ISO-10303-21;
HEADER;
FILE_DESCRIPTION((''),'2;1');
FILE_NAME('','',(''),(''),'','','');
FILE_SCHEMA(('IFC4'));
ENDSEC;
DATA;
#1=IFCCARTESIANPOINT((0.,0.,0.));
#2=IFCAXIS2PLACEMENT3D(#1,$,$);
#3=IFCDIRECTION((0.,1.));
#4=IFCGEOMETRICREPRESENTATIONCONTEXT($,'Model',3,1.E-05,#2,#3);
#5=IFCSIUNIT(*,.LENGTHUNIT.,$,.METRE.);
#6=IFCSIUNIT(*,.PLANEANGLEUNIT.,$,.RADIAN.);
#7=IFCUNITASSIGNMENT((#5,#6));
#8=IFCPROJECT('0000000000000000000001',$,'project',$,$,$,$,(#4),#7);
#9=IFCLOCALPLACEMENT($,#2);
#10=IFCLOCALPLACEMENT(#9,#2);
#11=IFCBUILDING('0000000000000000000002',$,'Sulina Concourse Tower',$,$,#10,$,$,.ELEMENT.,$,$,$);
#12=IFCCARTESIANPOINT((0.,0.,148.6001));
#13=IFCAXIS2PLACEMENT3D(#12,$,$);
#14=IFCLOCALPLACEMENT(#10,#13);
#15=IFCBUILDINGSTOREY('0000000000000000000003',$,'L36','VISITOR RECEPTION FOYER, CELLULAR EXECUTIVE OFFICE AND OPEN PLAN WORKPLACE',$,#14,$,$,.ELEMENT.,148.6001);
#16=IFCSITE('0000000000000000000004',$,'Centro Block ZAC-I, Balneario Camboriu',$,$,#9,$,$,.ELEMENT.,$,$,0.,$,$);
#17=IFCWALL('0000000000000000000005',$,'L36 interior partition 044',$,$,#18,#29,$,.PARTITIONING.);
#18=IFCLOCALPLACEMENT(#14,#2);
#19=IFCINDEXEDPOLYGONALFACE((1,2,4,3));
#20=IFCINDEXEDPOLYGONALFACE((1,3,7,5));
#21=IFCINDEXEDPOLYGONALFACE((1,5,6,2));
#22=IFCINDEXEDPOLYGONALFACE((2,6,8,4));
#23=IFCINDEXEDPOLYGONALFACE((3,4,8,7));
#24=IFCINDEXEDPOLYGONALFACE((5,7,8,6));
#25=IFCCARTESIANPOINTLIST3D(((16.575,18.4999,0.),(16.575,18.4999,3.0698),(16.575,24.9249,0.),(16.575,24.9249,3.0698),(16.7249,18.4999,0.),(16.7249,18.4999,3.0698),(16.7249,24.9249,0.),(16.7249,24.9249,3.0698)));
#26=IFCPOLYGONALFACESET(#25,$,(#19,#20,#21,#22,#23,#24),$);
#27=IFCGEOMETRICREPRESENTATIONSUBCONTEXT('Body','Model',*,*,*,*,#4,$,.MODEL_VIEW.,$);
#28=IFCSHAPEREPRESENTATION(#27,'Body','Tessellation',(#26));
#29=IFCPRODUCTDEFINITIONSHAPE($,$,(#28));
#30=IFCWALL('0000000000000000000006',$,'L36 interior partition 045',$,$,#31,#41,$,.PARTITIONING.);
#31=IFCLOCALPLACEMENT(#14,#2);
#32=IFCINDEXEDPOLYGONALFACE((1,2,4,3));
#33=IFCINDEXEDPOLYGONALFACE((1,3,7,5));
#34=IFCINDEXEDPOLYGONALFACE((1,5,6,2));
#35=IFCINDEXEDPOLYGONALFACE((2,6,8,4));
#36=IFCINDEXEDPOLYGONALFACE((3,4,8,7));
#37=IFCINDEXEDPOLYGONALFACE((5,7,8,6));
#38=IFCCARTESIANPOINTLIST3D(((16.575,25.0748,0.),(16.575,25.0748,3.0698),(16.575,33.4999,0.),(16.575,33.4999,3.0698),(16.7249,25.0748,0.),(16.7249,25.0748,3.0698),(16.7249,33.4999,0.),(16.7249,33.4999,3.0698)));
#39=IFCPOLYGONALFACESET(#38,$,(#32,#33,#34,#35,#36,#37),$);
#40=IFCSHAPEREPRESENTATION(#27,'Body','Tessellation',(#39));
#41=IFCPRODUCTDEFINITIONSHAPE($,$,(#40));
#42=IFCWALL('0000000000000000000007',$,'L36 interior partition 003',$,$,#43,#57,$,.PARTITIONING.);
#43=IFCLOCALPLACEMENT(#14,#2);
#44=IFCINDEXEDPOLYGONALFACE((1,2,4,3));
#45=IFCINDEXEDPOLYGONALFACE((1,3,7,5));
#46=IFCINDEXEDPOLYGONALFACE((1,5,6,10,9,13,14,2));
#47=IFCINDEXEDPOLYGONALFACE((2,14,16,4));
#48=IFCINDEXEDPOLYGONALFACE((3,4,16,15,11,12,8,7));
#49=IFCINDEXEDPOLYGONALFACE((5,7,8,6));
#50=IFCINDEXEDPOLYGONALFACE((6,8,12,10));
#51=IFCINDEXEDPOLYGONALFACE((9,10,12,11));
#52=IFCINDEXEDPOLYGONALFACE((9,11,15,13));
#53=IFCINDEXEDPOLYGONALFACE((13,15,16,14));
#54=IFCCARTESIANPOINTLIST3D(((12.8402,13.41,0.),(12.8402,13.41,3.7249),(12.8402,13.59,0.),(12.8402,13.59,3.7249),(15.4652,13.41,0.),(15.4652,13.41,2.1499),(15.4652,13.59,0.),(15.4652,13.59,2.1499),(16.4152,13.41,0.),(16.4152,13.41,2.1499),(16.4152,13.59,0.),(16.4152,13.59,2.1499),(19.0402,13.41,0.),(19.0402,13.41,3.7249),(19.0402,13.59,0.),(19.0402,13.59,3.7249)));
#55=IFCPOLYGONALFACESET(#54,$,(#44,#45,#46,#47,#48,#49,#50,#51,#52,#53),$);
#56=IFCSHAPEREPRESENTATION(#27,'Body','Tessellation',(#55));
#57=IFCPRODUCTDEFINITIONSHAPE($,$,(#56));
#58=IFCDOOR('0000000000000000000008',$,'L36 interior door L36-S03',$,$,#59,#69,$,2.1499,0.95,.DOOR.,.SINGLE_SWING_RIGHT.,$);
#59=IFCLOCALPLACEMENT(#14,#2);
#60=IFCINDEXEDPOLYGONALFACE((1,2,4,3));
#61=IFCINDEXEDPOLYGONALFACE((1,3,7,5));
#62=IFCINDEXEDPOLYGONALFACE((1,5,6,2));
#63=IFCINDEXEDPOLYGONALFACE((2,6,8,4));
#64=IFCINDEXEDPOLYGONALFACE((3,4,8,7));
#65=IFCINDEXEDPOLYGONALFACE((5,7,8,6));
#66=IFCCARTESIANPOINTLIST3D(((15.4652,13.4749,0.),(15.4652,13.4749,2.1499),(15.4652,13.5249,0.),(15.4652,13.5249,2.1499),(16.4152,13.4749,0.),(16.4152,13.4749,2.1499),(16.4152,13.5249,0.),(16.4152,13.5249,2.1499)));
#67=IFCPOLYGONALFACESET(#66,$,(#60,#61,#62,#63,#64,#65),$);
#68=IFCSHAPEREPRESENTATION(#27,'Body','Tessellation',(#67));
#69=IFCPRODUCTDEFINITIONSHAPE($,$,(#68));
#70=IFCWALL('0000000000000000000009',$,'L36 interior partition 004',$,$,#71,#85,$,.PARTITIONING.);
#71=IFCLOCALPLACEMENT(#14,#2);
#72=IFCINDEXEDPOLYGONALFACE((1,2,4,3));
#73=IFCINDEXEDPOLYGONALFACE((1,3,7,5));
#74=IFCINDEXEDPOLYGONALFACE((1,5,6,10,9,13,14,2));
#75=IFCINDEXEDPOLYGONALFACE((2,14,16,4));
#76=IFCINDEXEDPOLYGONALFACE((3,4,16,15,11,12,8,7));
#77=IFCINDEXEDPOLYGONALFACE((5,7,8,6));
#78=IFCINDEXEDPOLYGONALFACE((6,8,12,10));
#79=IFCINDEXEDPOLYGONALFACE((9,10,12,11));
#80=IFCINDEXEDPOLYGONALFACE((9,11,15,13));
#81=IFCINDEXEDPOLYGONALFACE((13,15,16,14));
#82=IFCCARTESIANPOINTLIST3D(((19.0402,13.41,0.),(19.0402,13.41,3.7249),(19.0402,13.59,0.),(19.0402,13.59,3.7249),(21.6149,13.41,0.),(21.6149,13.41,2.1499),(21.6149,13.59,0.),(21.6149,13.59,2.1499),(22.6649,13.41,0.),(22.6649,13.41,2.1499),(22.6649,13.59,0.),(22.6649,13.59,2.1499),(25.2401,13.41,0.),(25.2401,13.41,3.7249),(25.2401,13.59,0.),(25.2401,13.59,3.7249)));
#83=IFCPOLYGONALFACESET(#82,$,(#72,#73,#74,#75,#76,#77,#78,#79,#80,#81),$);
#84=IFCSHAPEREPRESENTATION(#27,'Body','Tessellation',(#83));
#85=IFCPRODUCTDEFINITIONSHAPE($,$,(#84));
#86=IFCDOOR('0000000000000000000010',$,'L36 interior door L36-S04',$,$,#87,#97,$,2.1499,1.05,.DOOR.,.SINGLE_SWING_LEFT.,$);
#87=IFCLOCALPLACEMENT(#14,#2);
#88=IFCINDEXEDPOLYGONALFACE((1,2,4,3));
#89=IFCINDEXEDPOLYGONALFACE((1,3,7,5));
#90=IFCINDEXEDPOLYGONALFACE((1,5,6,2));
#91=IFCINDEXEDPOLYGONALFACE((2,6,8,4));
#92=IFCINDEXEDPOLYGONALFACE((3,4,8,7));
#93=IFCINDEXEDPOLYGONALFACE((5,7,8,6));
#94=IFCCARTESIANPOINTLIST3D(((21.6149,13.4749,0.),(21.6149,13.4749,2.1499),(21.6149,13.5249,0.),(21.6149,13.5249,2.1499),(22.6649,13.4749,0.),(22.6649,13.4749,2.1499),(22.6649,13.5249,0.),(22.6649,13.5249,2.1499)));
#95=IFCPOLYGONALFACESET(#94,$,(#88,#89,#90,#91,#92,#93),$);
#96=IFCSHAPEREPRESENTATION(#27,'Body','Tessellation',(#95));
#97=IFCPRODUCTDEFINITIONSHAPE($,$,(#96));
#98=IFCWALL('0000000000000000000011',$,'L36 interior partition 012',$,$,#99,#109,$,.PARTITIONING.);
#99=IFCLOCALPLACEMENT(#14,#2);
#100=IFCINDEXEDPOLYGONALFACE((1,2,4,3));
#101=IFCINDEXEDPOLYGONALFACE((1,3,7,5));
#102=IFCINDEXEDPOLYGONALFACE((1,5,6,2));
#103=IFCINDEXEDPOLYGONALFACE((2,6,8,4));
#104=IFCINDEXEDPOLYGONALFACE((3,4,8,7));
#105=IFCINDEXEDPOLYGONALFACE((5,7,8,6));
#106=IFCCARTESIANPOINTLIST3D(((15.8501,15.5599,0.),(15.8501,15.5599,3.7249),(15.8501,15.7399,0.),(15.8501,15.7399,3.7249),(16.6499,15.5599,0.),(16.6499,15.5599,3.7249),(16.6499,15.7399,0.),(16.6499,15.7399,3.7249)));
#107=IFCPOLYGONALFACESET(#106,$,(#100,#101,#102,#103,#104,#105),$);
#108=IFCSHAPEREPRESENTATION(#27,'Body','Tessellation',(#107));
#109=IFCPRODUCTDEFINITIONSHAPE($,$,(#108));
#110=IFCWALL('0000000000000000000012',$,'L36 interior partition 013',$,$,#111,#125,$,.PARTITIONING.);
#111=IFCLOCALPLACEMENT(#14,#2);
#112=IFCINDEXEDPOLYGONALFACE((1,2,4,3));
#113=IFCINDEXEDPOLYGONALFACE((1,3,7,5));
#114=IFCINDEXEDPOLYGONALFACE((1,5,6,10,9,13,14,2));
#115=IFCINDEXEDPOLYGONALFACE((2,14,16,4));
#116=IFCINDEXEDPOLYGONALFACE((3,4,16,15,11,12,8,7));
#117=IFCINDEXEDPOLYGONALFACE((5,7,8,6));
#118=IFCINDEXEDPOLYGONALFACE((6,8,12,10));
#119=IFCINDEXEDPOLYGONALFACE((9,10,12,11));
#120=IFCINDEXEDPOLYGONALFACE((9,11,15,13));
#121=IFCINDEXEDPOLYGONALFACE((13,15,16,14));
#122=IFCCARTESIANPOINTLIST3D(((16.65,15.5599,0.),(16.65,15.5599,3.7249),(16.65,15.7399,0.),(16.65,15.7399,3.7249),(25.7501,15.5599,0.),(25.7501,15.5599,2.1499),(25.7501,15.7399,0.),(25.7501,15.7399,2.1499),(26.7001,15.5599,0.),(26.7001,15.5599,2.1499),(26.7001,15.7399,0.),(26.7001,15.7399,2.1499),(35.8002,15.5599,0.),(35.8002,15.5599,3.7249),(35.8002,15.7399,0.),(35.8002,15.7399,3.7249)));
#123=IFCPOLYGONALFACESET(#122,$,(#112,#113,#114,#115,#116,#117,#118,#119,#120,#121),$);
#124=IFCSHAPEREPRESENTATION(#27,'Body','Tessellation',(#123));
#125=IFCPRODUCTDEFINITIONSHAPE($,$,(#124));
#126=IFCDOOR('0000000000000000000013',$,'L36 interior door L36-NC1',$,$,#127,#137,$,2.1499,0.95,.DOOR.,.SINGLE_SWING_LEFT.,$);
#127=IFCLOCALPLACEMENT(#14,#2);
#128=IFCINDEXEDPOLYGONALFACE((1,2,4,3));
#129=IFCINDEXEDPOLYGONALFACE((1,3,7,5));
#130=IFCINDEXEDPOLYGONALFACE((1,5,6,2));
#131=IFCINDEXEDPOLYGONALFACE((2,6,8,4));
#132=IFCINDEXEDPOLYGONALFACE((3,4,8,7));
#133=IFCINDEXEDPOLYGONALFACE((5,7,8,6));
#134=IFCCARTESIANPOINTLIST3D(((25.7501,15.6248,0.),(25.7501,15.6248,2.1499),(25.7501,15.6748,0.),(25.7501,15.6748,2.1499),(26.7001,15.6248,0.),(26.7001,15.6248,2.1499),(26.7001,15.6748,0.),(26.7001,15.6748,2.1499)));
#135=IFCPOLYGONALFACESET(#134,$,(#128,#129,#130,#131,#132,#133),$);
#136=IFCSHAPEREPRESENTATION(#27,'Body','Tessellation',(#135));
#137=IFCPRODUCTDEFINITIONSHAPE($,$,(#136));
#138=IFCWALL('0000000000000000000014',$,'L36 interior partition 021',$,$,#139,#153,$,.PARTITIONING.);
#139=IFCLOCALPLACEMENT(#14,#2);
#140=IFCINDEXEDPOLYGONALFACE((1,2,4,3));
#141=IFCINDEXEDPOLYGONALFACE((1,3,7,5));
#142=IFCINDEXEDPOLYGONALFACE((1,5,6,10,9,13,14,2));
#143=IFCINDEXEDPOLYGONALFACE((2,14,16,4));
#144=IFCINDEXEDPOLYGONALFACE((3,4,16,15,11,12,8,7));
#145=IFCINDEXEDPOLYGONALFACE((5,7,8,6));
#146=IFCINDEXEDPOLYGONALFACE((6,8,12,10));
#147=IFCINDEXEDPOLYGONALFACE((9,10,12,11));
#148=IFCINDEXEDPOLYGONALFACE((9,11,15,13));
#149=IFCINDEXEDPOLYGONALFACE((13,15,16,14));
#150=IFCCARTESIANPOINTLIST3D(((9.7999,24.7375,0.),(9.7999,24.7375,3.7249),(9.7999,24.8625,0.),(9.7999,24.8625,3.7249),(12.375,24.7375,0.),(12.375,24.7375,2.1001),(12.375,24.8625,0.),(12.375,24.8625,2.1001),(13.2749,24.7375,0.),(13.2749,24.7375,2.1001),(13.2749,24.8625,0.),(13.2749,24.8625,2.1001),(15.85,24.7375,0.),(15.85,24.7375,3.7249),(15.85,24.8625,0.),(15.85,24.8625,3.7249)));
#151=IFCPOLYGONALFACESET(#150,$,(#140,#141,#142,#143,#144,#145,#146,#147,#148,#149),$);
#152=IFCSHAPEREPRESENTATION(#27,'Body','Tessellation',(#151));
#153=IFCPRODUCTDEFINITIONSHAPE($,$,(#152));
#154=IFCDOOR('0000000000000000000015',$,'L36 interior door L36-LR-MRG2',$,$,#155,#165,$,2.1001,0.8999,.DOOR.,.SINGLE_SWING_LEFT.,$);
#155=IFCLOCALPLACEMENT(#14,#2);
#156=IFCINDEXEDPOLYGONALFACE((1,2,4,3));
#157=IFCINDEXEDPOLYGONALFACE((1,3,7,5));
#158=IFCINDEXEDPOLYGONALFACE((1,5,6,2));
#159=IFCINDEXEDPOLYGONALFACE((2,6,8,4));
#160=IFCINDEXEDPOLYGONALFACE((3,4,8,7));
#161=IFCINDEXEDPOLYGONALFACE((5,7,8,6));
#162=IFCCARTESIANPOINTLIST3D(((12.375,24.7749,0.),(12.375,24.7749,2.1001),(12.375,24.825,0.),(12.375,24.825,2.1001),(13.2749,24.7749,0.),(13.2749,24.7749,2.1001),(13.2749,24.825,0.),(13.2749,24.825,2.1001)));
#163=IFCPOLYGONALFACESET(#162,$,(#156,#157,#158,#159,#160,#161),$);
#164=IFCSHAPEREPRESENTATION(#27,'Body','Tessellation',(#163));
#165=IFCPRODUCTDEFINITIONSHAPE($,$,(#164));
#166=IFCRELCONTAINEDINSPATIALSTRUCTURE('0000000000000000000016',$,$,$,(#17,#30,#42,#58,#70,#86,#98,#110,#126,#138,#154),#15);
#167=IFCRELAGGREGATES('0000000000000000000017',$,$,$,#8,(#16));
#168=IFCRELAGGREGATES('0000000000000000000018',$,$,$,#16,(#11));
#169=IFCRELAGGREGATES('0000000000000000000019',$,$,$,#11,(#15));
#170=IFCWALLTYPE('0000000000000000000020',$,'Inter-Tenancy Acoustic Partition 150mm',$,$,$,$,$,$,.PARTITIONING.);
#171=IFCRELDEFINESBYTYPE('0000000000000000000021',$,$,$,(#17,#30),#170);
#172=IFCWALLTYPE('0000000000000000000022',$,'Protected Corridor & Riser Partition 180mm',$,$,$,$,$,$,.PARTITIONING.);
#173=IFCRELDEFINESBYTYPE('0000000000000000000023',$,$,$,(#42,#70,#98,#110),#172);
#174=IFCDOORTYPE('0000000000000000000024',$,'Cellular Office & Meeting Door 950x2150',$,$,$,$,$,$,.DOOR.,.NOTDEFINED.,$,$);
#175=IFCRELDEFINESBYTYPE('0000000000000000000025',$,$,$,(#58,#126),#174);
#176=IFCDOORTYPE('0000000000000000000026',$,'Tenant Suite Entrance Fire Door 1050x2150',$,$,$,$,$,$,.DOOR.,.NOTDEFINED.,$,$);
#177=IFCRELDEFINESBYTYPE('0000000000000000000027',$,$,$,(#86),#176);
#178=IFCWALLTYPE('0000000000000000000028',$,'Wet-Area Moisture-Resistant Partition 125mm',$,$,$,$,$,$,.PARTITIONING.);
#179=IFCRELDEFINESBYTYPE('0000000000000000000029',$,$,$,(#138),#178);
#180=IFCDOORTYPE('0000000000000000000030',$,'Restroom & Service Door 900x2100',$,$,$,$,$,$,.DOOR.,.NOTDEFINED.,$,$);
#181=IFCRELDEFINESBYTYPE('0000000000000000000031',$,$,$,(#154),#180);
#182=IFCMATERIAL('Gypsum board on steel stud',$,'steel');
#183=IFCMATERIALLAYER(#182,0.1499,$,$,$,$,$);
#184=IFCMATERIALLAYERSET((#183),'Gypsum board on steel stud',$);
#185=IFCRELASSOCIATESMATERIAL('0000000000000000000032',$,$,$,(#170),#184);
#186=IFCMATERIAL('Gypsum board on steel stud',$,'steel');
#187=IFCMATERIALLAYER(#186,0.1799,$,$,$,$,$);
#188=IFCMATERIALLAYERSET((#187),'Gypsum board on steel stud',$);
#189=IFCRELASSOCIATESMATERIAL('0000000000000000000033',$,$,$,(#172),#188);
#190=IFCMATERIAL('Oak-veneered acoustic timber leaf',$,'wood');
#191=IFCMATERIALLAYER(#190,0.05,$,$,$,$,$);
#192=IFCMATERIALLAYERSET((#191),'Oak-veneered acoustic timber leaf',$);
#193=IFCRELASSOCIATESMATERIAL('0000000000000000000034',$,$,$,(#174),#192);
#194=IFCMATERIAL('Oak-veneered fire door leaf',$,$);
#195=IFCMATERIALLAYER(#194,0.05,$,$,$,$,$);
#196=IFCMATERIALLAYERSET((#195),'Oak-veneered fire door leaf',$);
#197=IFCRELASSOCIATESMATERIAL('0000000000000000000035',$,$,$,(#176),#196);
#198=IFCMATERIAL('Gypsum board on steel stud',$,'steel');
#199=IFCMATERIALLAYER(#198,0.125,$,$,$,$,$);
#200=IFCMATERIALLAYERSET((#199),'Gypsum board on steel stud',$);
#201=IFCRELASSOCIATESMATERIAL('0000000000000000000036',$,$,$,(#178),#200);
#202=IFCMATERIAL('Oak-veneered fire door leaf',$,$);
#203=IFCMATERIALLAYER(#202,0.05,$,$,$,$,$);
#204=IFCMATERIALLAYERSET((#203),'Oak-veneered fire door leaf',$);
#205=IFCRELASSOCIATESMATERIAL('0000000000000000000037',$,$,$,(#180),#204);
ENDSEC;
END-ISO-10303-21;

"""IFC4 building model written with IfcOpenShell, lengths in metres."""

from ifc_helpers import new_model, si_unit, direction, frame, frame_2d, origin, place, context, subcontext, project, spatial, rectangle, extrude, material, layer, layer_set, type_object, element, fill, save


model = new_model("IFC4")

# Units and contexts
model_context = context("Model", 3, precision=1e-05, world=origin(), true_north=direction((0.0, 1.0)))
body_context = subcontext(model_context, "Body", "Model", "MODEL_VIEW")
ifc_project = project(units=[si_unit("LENGTHUNIT", "METRE"), si_unit("PLANEANGLEUNIT", "RADIAN")], contexts=[model_context])

# Site, building, storey
site_placement = place(None, origin())
site = spatial("IfcSite", under=ifc_project, at=site_placement, Name="Centro Block ZAC-I, Balneario Camboriu", CompositionType="ELEMENT", RefElevation=0.0)
building_placement = place(site_placement, origin())
building = spatial("IfcBuilding", under=site, at=building_placement, Name="Sulina Concourse Tower", CompositionType="ELEMENT")
storey_placement = place(building_placement, frame((0.0, 0.0, 148.6001)))
storey = spatial("IfcBuildingStorey", under=building, at=storey_placement, Name="L36", Description="VISITOR RECEPTION FOYER, CELLULAR EXECUTIVE OFFICE AND OPEN PLAN WORKPLACE", CompositionType="ELEMENT", Elevation=148.6001)

# Walls
ifc_material_1 = material(Name="Gypsum board on steel stud", Category="steel")
ifc_layer_1 = layer(ifc_material_1, 0.1499)
ifc_layer_set_1 = layer_set([ifc_layer_1], Name="Gypsum board on steel stud")
wall_type_1 = type_object("IfcWallType", Name="Inter-Tenancy Acoustic Partition 150mm", PredefinedType="PARTITIONING", material=ifc_layer_set_1)
wall_1_placement = place(storey_placement, frame((16.6499, 18.5, 0.0), z_axis=(0.0, 0.0, 1.0), x_axis=(0.0, 1.0, 0.0)))
element("IfcWall", 1, at=wall_1_placement, inside=storey, type_object=wall_type_1, Name="L36 interior partition 044", PredefinedType="PARTITIONING", context=body_context, shape_type="SweptSolid", body=[
    extrude(rectangle(XDim=6.425, YDim=0.1499, at=frame_2d((3.2124, 0.0))), origin(), (0.0, 0.0, 1.0), 3.0698),
])
wall_2_placement = place(storey_placement, frame((16.6499, 25.075, 0.0), z_axis=(0.0, 0.0, 1.0), x_axis=(0.0, 1.0, 0.0)))
element("IfcWall", 2, at=wall_2_placement, inside=storey, type_object=wall_type_1, Name="L36 interior partition 045", PredefinedType="PARTITIONING", context=body_context, shape_type="SweptSolid", body=[
    extrude(rectangle(XDim=8.425, YDim=0.1499, at=frame_2d((4.2124, 0.0))), origin(), (0.0, 0.0, 1.0), 3.0698),
])

# Walls, openings, doors
ifc_material_2 = material(Name="Gypsum board on steel stud", Category="steel")
ifc_layer_2 = layer(ifc_material_2, 0.1799)
ifc_layer_set_2 = layer_set([ifc_layer_2], Name="Gypsum board on steel stud")
wall_type_2 = type_object("IfcWallType", Name="Protected Corridor & Riser Partition 180mm", PredefinedType="PARTITIONING", material=ifc_layer_set_2)
wall_3_placement = place(storey_placement, frame((12.8401, 13.5, 0.0), z_axis=(0.0, 0.0, 1.0), x_axis=(1.0, 0.0, 0.0)))
wall_3 = element("IfcWall", 3, at=wall_3_placement, inside=storey, type_object=wall_type_2, Name="L36 interior partition 003", PredefinedType="PARTITIONING", context=body_context, shape_type="SweptSolid", body=[
    extrude(rectangle(XDim=6.2, YDim=0.1799, at=frame_2d((3.1001, 0.0))), origin(), (0.0, 0.0, 1.0), 3.7249),
])
opening_1_placement = place(wall_3_placement, frame((2.625, 0.0, 0.0)))
opening_1 = element("IfcOpeningElement", 4, at=opening_1_placement, cuts=wall_3, PredefinedType="OPENING", context=body_context, shape_type="SweptSolid", body=[
    extrude(rectangle(XDim=0.95, YDim=2.1499, at=frame_2d((0.4751, 1.075))), frame((0.0, 0.0999, 0.0), z_axis=(0.0, -1.0, 0.0), x_axis=(1.0, 0.0, 0.0)), (0.0, 0.0, 1.0), 0.2),
])
ifc_material_3 = material(Name="Oak-veneered acoustic timber leaf", Category="wood")
ifc_layer_3 = layer(ifc_material_3, 0.05)
ifc_layer_set_3 = layer_set([ifc_layer_3], Name="Oak-veneered acoustic timber leaf")
door_type_1 = type_object("IfcDoorType", Name="Cellular Office & Meeting Door 950x2150", OperationType="NOTDEFINED", PredefinedType="DOOR", material=ifc_layer_set_3)
door_1_placement = place(opening_1_placement, origin())
door_1 = element("IfcDoor", 5, at=door_1_placement, inside=storey, type_object=door_type_1, Name="L36 interior door L36-S03", OperationType="SINGLE_SWING_RIGHT", OverallHeight=2.1499, OverallWidth=0.95, PredefinedType="DOOR", context=body_context, shape_type="SweptSolid", body=[
    extrude(rectangle(XDim=0.95, YDim=2.1499, at=frame_2d((0.4751, 1.075))), frame((0.0, 0.0249, 0.0), z_axis=(0.0, -1.0, 0.0), x_axis=(1.0, 0.0, 0.0)), (0.0, 0.0, 1.0), 0.05),
])
fill(opening_1, door_1)
wall_4_placement = place(storey_placement, frame((19.04, 13.5, 0.0), z_axis=(0.0, 0.0, 1.0), x_axis=(1.0, 0.0, 0.0)))
wall_4 = element("IfcWall", 6, at=wall_4_placement, inside=storey, type_object=wall_type_2, Name="L36 interior partition 004", PredefinedType="PARTITIONING", context=body_context, shape_type="SweptSolid", body=[
    extrude(rectangle(XDim=6.2, YDim=0.1799, at=frame_2d((3.1001, 0.0))), origin(), (0.0, 0.0, 1.0), 3.7249),
])
opening_2_placement = place(wall_4_placement, frame((2.575, 0.0, 0.0)))
opening_2 = element("IfcOpeningElement", 7, at=opening_2_placement, cuts=wall_4, PredefinedType="OPENING", context=body_context, shape_type="SweptSolid", body=[
    extrude(rectangle(XDim=1.05, YDim=2.1499, at=frame_2d((0.5249, 1.075))), frame((0.0, 0.0999, 0.0), z_axis=(0.0, -1.0, 0.0), x_axis=(1.0, 0.0, 0.0)), (0.0, 0.0, 1.0), 0.2),
])
ifc_material_4 = material(Name="Oak-veneered fire door leaf")
ifc_layer_4 = layer(ifc_material_4, 0.05)
ifc_layer_set_4 = layer_set([ifc_layer_4], Name="Oak-veneered fire door leaf")
door_type_2 = type_object("IfcDoorType", Name="Tenant Suite Entrance Fire Door 1050x2150", OperationType="NOTDEFINED", PredefinedType="DOOR", material=ifc_layer_set_4)
door_2_placement = place(opening_2_placement, origin())
door_2 = element("IfcDoor", 8, at=door_2_placement, inside=storey, type_object=door_type_2, Name="L36 interior door L36-S04", OperationType="SINGLE_SWING_LEFT", OverallHeight=2.1499, OverallWidth=1.05, PredefinedType="DOOR", context=body_context, shape_type="SweptSolid", body=[
    extrude(rectangle(XDim=1.05, YDim=2.1499, at=frame_2d((0.5249, 1.075))), frame((0.0, 0.0249, 0.0), z_axis=(0.0, -1.0, 0.0), x_axis=(1.0, 0.0, 0.0)), (0.0, 0.0, 1.0), 0.05),
])
fill(opening_2, door_2)

# Wall
wall_5_placement = place(storey_placement, frame((15.8501, 15.6499, 0.0), z_axis=(0.0, 0.0, 1.0), x_axis=(1.0, 0.0, 0.0)))
element("IfcWall", 9, at=wall_5_placement, inside=storey, type_object=wall_type_2, Name="L36 interior partition 012", PredefinedType="PARTITIONING", context=body_context, shape_type="SweptSolid", body=[
    extrude(rectangle(XDim=0.7998, YDim=0.1799, at=frame_2d((0.3999, 0.0))), origin(), (0.0, 0.0, 1.0), 3.7249),
])

# Walls, openings, doors
wall_6_placement = place(storey_placement, frame((16.6499, 15.6499, 0.0), z_axis=(0.0, 0.0, 1.0), x_axis=(1.0, 0.0, 0.0)))
wall_6 = element("IfcWall", 10, at=wall_6_placement, inside=storey, type_object=wall_type_2, Name="L36 interior partition 013", PredefinedType="PARTITIONING", context=body_context, shape_type="SweptSolid", body=[
    extrude(rectangle(XDim=19.1501, YDim=0.1799, at=frame_2d((9.5752, 0.0))), origin(), (0.0, 0.0, 1.0), 3.7249),
])
opening_3_placement = place(wall_6_placement, frame((9.1001, 0.0, 0.0)))
opening_3 = element("IfcOpeningElement", 11, at=opening_3_placement, cuts=wall_6, PredefinedType="OPENING", context=body_context, shape_type="SweptSolid", body=[
    extrude(rectangle(XDim=0.95, YDim=2.1499, at=frame_2d((0.4751, 1.075))), frame((0.0, 0.0999, 0.0), z_axis=(0.0, -1.0, 0.0), x_axis=(1.0, 0.0, 0.0)), (0.0, 0.0, 1.0), 0.2),
])
door_3_placement = place(opening_3_placement, origin())
door_3 = element("IfcDoor", 12, at=door_3_placement, inside=storey, type_object=door_type_1, Name="L36 interior door L36-NC1", OperationType="SINGLE_SWING_LEFT", OverallHeight=2.1499, OverallWidth=0.95, PredefinedType="DOOR", context=body_context, shape_type="SweptSolid", body=[
    extrude(rectangle(XDim=0.95, YDim=2.1499, at=frame_2d((0.4751, 1.075))), frame((0.0, 0.0249, 0.0), z_axis=(0.0, -1.0, 0.0), x_axis=(1.0, 0.0, 0.0)), (0.0, 0.0, 1.0), 0.05),
])
fill(opening_3, door_3)
ifc_material_5 = material(Name="Gypsum board on steel stud", Category="steel")
ifc_layer_5 = layer(ifc_material_5, 0.125)
ifc_layer_set_5 = layer_set([ifc_layer_5], Name="Gypsum board on steel stud")
wall_type_3 = type_object("IfcWallType", Name="Wet-Area Moisture-Resistant Partition 125mm", PredefinedType="PARTITIONING", material=ifc_layer_set_5)
wall_7_placement = place(storey_placement, frame((9.8, 24.8, 0.0), z_axis=(0.0, 0.0, 1.0), x_axis=(1.0, 0.0, 0.0)))
wall_7 = element("IfcWall", 13, at=wall_7_placement, inside=storey, type_object=wall_type_3, Name="L36 interior partition 021", PredefinedType="PARTITIONING", context=body_context, shape_type="SweptSolid", body=[
    extrude(rectangle(XDim=6.05, YDim=0.125, at=frame_2d((3.0249, 0.0))), origin(), (0.0, 0.0, 1.0), 3.7249),
])
opening_4_placement = place(wall_7_placement, frame((2.575, 0.0, 0.0)))
opening_4 = element("IfcOpeningElement", 14, at=opening_4_placement, cuts=wall_7, PredefinedType="OPENING", context=body_context, shape_type="SweptSolid", body=[
    extrude(rectangle(XDim=0.8999, YDim=2.1001, at=frame_2d((0.45, 1.05))), frame((0.0, 0.0725, 0.0), z_axis=(0.0, -1.0, 0.0), x_axis=(1.0, 0.0, 0.0)), (0.0, 0.0, 1.0), 0.145),
])
ifc_material_6 = material(Name="Oak-veneered fire door leaf")
ifc_layer_6 = layer(ifc_material_6, 0.05)
ifc_layer_set_6 = layer_set([ifc_layer_6], Name="Oak-veneered fire door leaf")
door_type_3 = type_object("IfcDoorType", Name="Restroom & Service Door 900x2100", OperationType="NOTDEFINED", PredefinedType="DOOR", material=ifc_layer_set_6)
door_4_placement = place(opening_4_placement, origin())
door_4 = element("IfcDoor", 15, at=door_4_placement, inside=storey, type_object=door_type_3, Name="L36 interior door L36-LR-MRG2", OperationType="SINGLE_SWING_LEFT", OverallHeight=2.1001, OverallWidth=0.8999, PredefinedType="DOOR", context=body_context, shape_type="SweptSolid", body=[
    extrude(rectangle(XDim=0.8999, YDim=2.1001, at=frame_2d((0.45, 1.05))), frame((0.0, 0.0249, 0.0), z_axis=(0.0, -1.0, 0.0), x_axis=(1.0, 0.0, 0.0)), (0.0, 0.0, 1.0), 0.05),
])
fill(opening_4, door_4)

save(model, "model.ifc")
